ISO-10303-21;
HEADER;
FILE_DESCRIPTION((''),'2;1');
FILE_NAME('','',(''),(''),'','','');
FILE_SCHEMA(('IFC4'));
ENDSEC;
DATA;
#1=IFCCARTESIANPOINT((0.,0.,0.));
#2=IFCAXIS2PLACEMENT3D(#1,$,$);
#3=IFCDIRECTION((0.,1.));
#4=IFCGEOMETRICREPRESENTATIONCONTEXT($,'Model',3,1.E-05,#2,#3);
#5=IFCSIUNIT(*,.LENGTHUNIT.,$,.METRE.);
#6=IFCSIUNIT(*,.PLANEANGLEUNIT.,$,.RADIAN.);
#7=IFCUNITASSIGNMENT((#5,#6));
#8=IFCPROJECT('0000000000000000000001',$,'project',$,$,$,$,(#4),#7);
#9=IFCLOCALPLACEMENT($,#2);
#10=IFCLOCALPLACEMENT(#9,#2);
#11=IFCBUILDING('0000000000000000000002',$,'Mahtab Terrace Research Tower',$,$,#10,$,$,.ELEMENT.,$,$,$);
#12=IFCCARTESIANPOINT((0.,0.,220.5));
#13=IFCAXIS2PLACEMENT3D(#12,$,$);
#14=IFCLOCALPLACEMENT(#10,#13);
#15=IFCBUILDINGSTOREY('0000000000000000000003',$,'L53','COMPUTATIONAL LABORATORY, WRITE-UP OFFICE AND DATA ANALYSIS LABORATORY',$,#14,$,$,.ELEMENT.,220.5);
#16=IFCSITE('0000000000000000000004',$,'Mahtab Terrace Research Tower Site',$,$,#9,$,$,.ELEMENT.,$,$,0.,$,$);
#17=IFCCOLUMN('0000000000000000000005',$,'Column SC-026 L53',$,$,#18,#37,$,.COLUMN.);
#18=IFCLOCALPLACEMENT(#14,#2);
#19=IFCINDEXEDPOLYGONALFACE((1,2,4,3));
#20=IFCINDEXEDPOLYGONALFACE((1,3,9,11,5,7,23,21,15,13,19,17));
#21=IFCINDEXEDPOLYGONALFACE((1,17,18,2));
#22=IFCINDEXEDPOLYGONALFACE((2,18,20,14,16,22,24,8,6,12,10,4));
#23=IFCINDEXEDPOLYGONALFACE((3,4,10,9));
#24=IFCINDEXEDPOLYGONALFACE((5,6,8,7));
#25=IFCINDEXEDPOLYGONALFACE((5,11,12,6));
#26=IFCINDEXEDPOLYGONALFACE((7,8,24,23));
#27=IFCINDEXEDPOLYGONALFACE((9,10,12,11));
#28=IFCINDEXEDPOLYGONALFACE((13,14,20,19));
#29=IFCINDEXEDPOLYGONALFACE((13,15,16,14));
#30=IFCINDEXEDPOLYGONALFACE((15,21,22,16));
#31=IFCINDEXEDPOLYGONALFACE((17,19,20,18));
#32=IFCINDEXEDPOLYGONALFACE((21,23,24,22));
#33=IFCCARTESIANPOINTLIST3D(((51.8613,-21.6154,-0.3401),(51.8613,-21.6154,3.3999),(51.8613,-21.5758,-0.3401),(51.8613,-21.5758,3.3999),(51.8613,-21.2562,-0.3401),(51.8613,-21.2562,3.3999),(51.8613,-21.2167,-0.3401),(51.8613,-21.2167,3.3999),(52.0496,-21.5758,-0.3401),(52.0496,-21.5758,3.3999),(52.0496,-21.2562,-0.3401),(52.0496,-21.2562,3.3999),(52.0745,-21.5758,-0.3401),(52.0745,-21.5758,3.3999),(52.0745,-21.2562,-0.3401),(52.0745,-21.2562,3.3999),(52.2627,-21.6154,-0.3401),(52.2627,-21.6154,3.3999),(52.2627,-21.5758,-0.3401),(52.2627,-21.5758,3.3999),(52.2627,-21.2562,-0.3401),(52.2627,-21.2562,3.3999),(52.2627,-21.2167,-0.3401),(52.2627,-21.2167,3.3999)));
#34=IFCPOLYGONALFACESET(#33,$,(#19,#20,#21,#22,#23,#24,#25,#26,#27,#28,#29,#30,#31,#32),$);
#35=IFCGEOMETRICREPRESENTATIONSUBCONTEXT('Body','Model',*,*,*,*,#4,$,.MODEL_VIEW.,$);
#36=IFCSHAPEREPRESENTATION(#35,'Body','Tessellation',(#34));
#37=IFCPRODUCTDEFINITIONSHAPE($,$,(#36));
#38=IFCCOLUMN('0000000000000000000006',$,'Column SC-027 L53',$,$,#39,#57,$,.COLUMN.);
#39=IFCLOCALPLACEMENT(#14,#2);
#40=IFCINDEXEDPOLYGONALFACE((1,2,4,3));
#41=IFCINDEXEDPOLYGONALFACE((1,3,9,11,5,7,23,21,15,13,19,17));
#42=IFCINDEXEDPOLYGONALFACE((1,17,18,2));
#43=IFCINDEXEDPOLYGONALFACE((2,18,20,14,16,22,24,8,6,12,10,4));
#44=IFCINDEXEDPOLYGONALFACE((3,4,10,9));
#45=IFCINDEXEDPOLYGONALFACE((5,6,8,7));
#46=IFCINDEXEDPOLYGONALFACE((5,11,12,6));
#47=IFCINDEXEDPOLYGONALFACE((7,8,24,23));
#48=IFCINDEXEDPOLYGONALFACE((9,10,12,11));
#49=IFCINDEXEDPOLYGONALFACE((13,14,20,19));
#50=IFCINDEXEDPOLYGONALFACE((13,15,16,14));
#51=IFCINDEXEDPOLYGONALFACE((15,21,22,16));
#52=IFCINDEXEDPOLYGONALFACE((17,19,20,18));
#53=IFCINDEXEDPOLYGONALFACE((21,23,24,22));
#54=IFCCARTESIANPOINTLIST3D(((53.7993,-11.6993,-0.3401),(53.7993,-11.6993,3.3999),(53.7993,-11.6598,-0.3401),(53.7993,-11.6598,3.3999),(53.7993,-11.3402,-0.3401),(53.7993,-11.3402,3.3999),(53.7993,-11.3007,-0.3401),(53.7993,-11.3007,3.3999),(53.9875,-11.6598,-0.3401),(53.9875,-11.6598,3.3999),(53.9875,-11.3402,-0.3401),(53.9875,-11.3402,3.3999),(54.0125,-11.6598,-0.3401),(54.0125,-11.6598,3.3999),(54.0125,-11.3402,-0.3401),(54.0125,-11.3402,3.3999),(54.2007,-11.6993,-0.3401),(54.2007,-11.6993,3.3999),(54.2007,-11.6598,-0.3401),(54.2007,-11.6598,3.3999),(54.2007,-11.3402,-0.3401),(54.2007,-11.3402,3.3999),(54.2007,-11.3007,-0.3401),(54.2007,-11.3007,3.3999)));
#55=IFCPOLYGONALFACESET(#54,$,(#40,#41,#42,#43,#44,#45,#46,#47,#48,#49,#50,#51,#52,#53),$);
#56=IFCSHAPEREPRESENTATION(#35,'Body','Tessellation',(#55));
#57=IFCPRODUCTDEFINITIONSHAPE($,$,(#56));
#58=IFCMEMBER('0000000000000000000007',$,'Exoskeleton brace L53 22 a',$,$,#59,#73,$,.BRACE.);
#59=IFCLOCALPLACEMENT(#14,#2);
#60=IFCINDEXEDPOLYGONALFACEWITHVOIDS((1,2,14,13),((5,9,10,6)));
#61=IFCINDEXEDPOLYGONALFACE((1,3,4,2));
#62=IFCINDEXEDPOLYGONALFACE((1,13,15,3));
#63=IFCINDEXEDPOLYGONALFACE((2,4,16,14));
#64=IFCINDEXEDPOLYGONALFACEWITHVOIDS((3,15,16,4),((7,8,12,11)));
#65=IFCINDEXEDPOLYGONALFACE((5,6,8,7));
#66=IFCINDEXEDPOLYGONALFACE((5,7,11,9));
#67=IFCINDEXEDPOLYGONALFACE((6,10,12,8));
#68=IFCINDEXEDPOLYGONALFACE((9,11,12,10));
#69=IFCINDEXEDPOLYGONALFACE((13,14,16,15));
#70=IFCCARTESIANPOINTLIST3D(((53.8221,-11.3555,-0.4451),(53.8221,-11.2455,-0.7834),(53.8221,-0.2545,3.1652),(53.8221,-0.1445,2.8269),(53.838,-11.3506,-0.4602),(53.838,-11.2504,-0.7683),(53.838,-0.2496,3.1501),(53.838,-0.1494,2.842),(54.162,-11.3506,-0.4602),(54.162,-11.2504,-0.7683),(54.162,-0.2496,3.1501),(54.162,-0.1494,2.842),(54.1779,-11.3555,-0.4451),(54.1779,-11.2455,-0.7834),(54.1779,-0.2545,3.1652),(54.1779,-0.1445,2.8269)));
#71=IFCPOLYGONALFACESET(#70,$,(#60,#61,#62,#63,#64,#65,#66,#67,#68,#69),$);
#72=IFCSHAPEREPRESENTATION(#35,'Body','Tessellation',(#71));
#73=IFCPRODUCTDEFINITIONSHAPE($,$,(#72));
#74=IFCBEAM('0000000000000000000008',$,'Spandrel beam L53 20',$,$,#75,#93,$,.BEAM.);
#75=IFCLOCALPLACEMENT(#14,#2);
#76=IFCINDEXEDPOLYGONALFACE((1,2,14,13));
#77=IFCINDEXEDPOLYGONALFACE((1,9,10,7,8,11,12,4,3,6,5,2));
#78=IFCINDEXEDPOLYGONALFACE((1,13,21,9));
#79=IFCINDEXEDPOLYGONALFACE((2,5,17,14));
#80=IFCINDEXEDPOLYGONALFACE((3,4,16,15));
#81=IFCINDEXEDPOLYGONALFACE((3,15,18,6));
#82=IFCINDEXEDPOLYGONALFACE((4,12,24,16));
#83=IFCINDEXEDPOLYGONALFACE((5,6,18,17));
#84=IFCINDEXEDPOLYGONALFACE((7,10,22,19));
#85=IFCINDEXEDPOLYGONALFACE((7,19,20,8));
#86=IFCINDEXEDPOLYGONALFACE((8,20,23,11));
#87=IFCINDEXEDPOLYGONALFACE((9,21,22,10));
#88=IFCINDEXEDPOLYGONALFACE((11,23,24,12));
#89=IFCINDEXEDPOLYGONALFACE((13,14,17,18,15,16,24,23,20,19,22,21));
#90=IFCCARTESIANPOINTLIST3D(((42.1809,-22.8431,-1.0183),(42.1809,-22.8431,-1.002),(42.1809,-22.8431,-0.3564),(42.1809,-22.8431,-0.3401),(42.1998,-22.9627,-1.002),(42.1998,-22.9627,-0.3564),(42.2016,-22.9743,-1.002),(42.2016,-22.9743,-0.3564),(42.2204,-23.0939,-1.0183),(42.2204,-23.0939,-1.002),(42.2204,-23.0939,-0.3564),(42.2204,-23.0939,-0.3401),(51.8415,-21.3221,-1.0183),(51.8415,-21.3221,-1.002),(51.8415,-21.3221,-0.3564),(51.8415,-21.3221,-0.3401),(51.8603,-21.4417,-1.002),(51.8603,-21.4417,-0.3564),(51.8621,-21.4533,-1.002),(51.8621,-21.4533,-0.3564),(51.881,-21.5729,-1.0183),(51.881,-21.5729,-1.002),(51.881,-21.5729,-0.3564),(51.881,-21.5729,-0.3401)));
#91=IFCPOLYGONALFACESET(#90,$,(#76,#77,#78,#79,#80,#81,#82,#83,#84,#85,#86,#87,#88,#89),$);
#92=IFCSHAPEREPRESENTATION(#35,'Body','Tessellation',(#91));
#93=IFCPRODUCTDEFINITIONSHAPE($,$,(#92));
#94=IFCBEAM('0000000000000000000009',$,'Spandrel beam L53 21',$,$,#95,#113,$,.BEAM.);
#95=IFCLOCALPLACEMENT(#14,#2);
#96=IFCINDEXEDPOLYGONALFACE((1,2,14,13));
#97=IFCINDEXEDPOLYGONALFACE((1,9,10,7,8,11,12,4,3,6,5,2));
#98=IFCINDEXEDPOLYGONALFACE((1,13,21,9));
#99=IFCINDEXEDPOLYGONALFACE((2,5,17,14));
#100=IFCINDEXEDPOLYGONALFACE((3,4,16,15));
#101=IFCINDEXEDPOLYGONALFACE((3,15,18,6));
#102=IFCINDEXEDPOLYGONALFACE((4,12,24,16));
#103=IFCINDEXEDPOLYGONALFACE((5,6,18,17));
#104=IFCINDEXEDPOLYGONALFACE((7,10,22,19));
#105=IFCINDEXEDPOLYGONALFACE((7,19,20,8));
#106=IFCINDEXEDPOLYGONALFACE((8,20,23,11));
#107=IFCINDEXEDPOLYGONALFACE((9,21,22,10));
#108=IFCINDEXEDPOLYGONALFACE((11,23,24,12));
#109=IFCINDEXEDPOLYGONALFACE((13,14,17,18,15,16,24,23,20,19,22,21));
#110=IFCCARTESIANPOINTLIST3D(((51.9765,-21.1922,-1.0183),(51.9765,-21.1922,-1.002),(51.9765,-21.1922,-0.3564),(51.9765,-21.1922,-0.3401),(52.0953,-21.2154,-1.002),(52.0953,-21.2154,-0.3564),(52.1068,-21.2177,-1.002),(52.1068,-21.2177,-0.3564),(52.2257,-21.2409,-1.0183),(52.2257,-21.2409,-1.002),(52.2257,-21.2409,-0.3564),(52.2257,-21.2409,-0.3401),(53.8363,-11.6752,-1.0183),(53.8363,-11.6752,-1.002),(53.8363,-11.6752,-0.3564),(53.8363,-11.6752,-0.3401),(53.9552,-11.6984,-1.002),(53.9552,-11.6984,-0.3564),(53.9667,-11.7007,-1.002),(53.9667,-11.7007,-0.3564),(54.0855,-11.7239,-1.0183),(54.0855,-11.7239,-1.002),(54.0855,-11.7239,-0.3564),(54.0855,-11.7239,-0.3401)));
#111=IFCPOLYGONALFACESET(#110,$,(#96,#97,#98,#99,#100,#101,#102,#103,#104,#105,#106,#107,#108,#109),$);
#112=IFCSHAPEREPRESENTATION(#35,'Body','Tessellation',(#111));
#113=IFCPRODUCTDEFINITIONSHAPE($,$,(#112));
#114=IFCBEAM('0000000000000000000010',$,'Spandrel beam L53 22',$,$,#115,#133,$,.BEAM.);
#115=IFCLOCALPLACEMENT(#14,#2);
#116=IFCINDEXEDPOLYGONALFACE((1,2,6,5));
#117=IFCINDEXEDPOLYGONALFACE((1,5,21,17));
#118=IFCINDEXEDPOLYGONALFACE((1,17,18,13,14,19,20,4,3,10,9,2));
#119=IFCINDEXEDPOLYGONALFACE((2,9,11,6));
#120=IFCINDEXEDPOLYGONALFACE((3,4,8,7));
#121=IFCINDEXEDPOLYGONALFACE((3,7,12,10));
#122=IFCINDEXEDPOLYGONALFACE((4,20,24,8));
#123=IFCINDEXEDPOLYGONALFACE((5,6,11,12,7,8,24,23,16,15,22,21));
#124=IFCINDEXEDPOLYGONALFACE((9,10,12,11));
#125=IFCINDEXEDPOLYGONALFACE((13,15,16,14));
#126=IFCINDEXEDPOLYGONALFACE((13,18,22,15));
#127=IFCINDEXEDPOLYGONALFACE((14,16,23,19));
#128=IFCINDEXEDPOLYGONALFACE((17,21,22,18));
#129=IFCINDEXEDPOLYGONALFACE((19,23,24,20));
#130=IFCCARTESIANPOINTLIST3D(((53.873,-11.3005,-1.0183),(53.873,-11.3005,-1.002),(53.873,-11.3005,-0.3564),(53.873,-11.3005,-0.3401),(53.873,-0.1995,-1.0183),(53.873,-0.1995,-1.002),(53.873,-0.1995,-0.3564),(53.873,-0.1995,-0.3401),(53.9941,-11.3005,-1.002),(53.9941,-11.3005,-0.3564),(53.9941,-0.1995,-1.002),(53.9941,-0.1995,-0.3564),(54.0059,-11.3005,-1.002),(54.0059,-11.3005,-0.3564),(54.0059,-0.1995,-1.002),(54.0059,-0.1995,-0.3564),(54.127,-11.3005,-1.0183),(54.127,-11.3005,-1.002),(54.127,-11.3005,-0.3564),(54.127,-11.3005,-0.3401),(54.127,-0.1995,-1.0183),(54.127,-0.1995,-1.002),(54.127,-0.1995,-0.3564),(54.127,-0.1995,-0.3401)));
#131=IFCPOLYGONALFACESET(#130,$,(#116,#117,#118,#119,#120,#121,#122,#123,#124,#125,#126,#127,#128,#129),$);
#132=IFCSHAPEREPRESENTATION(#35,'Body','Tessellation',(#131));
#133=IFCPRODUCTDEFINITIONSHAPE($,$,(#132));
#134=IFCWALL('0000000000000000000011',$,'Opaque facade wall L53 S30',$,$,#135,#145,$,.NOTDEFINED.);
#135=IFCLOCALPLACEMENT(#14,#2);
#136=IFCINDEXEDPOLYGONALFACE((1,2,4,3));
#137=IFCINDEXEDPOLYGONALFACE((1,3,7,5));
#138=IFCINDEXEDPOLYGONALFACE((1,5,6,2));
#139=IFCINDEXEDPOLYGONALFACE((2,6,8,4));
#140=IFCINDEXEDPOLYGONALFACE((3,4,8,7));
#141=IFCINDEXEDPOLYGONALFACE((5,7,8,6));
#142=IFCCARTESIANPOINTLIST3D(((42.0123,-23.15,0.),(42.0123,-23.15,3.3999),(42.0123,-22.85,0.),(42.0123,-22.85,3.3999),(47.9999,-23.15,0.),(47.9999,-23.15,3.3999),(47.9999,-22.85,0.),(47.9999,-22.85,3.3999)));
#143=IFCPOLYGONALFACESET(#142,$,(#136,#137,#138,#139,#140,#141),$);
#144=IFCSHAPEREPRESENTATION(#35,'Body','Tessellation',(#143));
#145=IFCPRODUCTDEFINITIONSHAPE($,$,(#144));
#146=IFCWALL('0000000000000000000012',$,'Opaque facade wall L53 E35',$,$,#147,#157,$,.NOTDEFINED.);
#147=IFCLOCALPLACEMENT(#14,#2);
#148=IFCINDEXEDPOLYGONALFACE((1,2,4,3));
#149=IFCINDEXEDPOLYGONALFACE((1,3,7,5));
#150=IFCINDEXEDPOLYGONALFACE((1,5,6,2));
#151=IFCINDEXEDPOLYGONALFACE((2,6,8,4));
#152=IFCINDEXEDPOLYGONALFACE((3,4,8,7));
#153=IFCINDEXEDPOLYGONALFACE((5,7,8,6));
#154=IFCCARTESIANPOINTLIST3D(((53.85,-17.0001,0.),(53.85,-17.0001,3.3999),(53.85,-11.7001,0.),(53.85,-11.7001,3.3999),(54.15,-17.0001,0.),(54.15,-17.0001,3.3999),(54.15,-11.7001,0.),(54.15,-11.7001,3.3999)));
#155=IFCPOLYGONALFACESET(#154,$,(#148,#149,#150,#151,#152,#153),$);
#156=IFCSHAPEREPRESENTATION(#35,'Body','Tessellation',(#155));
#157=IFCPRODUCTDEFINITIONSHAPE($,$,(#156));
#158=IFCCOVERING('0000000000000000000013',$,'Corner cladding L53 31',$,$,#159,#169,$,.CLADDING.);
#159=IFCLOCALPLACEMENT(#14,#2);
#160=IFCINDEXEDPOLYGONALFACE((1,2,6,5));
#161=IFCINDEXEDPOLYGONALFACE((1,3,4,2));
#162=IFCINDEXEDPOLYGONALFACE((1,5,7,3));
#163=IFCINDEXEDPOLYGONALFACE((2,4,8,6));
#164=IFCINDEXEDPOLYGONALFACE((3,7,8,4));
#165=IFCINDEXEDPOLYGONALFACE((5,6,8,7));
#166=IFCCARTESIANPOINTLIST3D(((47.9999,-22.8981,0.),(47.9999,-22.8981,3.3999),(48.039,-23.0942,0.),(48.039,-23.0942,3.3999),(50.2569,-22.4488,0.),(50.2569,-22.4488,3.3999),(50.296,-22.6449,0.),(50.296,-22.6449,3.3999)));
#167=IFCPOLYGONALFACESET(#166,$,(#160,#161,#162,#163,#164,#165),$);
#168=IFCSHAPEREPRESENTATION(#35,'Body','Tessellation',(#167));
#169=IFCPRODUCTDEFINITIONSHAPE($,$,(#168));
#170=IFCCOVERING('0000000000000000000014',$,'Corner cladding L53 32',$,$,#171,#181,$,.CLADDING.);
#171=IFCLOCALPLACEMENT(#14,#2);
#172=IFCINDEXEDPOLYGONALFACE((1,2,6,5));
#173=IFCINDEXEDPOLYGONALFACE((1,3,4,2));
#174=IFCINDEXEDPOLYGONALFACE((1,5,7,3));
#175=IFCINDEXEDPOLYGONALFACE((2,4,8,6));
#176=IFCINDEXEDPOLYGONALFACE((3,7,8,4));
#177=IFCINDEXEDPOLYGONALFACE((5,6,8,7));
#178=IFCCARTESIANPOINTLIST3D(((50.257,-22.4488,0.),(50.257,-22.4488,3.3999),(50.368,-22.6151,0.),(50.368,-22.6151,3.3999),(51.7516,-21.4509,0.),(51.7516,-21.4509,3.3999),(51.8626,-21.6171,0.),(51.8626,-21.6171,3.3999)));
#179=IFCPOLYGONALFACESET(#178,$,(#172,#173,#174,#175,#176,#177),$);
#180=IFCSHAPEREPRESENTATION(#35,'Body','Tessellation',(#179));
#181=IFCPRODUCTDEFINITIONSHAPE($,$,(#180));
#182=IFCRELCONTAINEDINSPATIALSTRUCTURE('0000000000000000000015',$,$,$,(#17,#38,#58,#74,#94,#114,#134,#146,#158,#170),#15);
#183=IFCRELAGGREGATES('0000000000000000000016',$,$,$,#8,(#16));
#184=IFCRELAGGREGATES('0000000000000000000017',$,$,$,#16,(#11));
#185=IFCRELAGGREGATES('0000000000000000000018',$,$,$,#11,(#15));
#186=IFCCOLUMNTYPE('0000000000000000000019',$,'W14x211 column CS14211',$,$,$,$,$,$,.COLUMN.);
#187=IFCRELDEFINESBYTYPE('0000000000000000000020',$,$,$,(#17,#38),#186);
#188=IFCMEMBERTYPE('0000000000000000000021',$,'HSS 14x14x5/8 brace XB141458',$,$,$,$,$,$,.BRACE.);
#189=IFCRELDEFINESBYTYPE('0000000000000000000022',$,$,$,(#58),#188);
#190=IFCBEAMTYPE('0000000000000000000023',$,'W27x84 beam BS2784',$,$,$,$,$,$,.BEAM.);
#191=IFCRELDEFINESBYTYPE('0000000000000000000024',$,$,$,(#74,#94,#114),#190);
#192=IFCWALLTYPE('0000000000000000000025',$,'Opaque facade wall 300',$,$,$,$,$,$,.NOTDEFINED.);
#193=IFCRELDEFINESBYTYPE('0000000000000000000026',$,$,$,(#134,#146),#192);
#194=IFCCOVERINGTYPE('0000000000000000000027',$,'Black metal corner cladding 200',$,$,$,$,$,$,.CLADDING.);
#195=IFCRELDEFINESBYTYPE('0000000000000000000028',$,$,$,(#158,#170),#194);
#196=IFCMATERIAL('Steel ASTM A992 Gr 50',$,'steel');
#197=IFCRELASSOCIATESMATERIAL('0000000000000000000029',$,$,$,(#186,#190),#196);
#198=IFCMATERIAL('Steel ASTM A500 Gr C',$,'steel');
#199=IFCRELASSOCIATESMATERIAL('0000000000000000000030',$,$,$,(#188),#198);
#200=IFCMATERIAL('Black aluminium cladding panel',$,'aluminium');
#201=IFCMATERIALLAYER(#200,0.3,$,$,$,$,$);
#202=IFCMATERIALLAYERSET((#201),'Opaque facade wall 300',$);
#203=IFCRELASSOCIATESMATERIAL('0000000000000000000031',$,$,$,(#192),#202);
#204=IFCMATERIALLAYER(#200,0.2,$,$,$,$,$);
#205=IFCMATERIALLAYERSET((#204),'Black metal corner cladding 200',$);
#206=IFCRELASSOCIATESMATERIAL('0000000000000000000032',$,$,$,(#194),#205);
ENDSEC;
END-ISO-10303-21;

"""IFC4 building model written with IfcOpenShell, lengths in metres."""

from ifc_helpers import new_model, si_unit, direction, frame, frame_2d, origin, origin_2d, place, context, subcontext, project, spatial, rectangle, hollow_rectangle, i_section, extrude, material, layer, layer_set, material_profile, profile_set, type_object, element, save


model = new_model("IFC4")

# Units and contexts
model_context = context("Model", 3, precision=1e-05, world=origin(), true_north=direction((0.0, 1.0)))
body_context = subcontext(model_context, "Body", "Model", "MODEL_VIEW")
ifc_project = project(units=[si_unit("LENGTHUNIT", "METRE"), si_unit("PLANEANGLEUNIT", "RADIAN")], contexts=[model_context])

# Site, building, storey
site_placement = place(None, origin())
site = spatial("IfcSite", under=ifc_project, at=site_placement, Name="Mahtab Terrace Research Tower Site", CompositionType="ELEMENT", RefElevation=0.0)
building_placement = place(site_placement, origin())
building = spatial("IfcBuilding", under=site, at=building_placement, Name="Mahtab Terrace Research Tower", CompositionType="ELEMENT")
storey_placement = place(building_placement, frame((0.0, 0.0, 220.5)))
storey = spatial("IfcBuildingStorey", under=building, at=storey_placement, Name="L53", Description="COMPUTATIONAL LABORATORY, WRITE-UP OFFICE AND DATA ANALYSIS LABORATORY", CompositionType="ELEMENT", Elevation=220.5)

# Columns
ifc_material_1 = material(Name="Steel ASTM A992 Gr 50", Category="steel")
ifc_material_profile_1 = material_profile(ifc_material_1, i_section(OverallWidth=0.4014, OverallDepth=0.3987, WebThickness=0.0249, FlangeThickness=0.0396, at=origin_2d()), Name="W14X211")
ifc_profile_set_1 = profile_set([ifc_material_profile_1], Name="Steel ASTM A992 Gr 50")
column_type = type_object("IfcColumnType", Name="W14x211 column CS14211", PredefinedType="COLUMN", material=ifc_profile_set_1)
for number, where, z_axis, x_axis, name in (
    (1, (52.062, -21.416, -0.3401), (0.0, 0.0, 1.0), (1.0, 0.0, 0.0), "Column SC-026 L53"),
    (2, (54.0, -11.5, -0.3401), (0.0, 0.0, 1.0), (1.0, 0.0, 0.0), "Column SC-027 L53"),
):
    element("IfcColumn", number, at=place(storey_placement, frame(where, z_axis=z_axis, x_axis=x_axis)), inside=storey, type_object=column_type, Name=name, PredefinedType="COLUMN", context=body_context, shape_type="SweptSolid", body=[
        extrude(i_section(OverallWidth=0.4014, OverallDepth=0.3987, WebThickness=0.0249, FlangeThickness=0.0396, at=origin_2d()), origin(), (0.0, 0.0, 1.0), 3.74),
    ])

# Member
ifc_material_2 = material(Name="Steel ASTM A500 Gr C", Category="steel")
ifc_material_profile_2 = material_profile(ifc_material_2, hollow_rectangle(XDim=0.3557, YDim=0.3557, WallThickness=0.0159, at=origin_2d()), Name="HSS14X14X5/8")
ifc_profile_set_2 = profile_set([ifc_material_profile_2], Name="Steel ASTM A500 Gr C")
member_type = type_object("IfcMemberType", Name="HSS 14x14x5/8 brace XB141458", PredefinedType="BRACE", material=ifc_profile_set_2)
member_placement = place(storey_placement, frame((54.0, -11.3005, -0.6143), z_axis=(0.0, 0.950971, 0.30928), x_axis=(-1.0, 0.0, 0.0)))
element("IfcMember", 3, at=member_placement, inside=storey, type_object=member_type, Name="Exoskeleton brace L53 22 a", PredefinedType="BRACE", context=body_context, shape_type="SweptSolid", body=[
    extrude(hollow_rectangle(XDim=0.3557, YDim=0.3557, WallThickness=0.0159, at=origin_2d()), origin(), (0.0, 0.0, 1.0), 11.6733),
])

# Beams
ifc_material_profile_3 = material_profile(ifc_material_1, i_section(OverallWidth=0.2539, OverallDepth=0.6782, WebThickness=0.0117, FlangeThickness=0.0164, at=origin_2d()), Name="W27X84")
ifc_profile_set_3 = profile_set([ifc_material_profile_3], Name="Steel ASTM A992 Gr 50")
beam_type = type_object("IfcBeamType", Name="W27x84 beam BS2784", PredefinedType="BEAM", material=ifc_profile_set_3)
beam_1_placement = place(storey_placement, frame((42.2007, -22.9685, -0.6792), z_axis=(0.987832, 0.155527, 0.0), x_axis=(-0.155527, 0.987832, 0.0)))
element("IfcBeam", 4, at=beam_1_placement, inside=storey, type_object=beam_type, Name="Spandrel beam L53 20", PredefinedType="BEAM", context=body_context, shape_type="SweptSolid", body=[
    extrude(i_section(OverallWidth=0.2539, OverallDepth=0.6782, WebThickness=0.0117, FlangeThickness=0.0164, at=origin_2d()), origin(), (0.0, 0.0, 1.0), 9.7795),
])
beam_2_placement = place(storey_placement, frame((52.1011, -21.2166, -0.6792), z_axis=(0.191795, 0.981435, 0.0), x_axis=(-0.981435, 0.191795, 0.0)))
element("IfcBeam", 5, at=beam_2_placement, inside=storey, type_object=beam_type, Name="Spandrel beam L53 21", PredefinedType="BEAM", context=body_context, shape_type="SweptSolid", body=[
    extrude(i_section(OverallWidth=0.2539, OverallDepth=0.6782, WebThickness=0.0117, FlangeThickness=0.0164, at=origin_2d()), origin(), (0.0, 0.0, 1.0), 9.697),
])
beam_3_placement = place(storey_placement, frame((54.0, -11.3005, -0.6792), z_axis=(0.0, 1.0, 0.0), x_axis=(-1.0, 0.0, 0.0)))
element("IfcBeam", 6, at=beam_3_placement, inside=storey, type_object=beam_type, Name="Spandrel beam L53 22", PredefinedType="BEAM", context=body_context, shape_type="SweptSolid", body=[
    extrude(i_section(OverallWidth=0.2539, OverallDepth=0.6782, WebThickness=0.0117, FlangeThickness=0.0164, at=origin_2d()), origin(), (0.0, 0.0, 1.0), 11.1011),
])

# Walls
ifc_material_3 = material(Name="Black aluminium cladding panel", Category="aluminium")
ifc_layer_1 = layer(ifc_material_3, 0.3)
ifc_layer_set_1 = layer_set([ifc_layer_1], Name="Opaque facade wall 300")
wall_type = type_object("IfcWallType", Name="Opaque facade wall 300", PredefinedType="NOTDEFINED", material=ifc_layer_set_1)
wall_1_placement = place(storey_placement, frame((42.0125, -23.0, 0.0), z_axis=(0.0, 0.0, 1.0), x_axis=(1.0, 0.0, 0.0)))
element("IfcWall", 7, at=wall_1_placement, inside=storey, type_object=wall_type, Name="Opaque facade wall L53 S30", PredefinedType="NOTDEFINED", context=body_context, shape_type="SweptSolid", body=[
    extrude(rectangle(XDim=5.9875, YDim=0.3, at=frame_2d((2.9937, 0.0))), origin(), (0.0, 0.0, 1.0), 3.3999),
])
wall_2_placement = place(storey_placement, frame((54.0, -17.0, 0.0), z_axis=(0.0, 0.0, 1.0), x_axis=(0.0, 1.0, 0.0)))
element("IfcWall", 8, at=wall_2_placement, inside=storey, type_object=wall_type, Name="Opaque facade wall L53 E35", PredefinedType="NOTDEFINED", context=body_context, shape_type="SweptSolid", body=[
    extrude(rectangle(XDim=5.3, YDim=0.3, at=frame_2d((2.6499, 0.0))), origin(), (0.0, 0.0, 1.0), 3.3999),
])

# Coverings
ifc_layer_2 = layer(ifc_material_3, 0.2)
ifc_layer_set_2 = layer_set([ifc_layer_2], Name="Black metal corner cladding 200")
covering_type_1 = type_object("IfcCoveringType", Name="Black metal corner cladding 200", PredefinedType="CLADDING", material=ifc_layer_set_2)
covering_1_placement = place(storey_placement, frame((49.1479, -22.7715, 0.0), z_axis=(0.0, 0.0, 1.0), x_axis=(0.980761, 0.195212, 0.0)))
element("IfcCovering", 9, at=covering_1_placement, inside=storey, type_object=covering_type_1, Name="Corner cladding L53 31", PredefinedType="CLADDING", context=body_context, shape_type="SweptSolid", body=[
    extrude(rectangle(XDim=2.3013, YDim=0.2, at=origin_2d()), origin(), (0.0, 0.0, 1.0), 3.3999),
])
covering_2_placement = place(storey_placement, frame((51.0598, -22.033, 0.0), z_axis=(0.0, 0.0, 1.0), x_axis=(0.831656, 0.555291, 0.0)))
element("IfcCovering", 10, at=covering_2_placement, inside=storey, type_object=covering_type_1, Name="Corner cladding L53 32", PredefinedType="CLADDING", context=body_context, shape_type="SweptSolid", body=[
    extrude(rectangle(XDim=1.7971, YDim=0.2, at=origin_2d()), origin(), (0.0, 0.0, 1.0), 3.3999),
])

save(model, "model.ifc")
